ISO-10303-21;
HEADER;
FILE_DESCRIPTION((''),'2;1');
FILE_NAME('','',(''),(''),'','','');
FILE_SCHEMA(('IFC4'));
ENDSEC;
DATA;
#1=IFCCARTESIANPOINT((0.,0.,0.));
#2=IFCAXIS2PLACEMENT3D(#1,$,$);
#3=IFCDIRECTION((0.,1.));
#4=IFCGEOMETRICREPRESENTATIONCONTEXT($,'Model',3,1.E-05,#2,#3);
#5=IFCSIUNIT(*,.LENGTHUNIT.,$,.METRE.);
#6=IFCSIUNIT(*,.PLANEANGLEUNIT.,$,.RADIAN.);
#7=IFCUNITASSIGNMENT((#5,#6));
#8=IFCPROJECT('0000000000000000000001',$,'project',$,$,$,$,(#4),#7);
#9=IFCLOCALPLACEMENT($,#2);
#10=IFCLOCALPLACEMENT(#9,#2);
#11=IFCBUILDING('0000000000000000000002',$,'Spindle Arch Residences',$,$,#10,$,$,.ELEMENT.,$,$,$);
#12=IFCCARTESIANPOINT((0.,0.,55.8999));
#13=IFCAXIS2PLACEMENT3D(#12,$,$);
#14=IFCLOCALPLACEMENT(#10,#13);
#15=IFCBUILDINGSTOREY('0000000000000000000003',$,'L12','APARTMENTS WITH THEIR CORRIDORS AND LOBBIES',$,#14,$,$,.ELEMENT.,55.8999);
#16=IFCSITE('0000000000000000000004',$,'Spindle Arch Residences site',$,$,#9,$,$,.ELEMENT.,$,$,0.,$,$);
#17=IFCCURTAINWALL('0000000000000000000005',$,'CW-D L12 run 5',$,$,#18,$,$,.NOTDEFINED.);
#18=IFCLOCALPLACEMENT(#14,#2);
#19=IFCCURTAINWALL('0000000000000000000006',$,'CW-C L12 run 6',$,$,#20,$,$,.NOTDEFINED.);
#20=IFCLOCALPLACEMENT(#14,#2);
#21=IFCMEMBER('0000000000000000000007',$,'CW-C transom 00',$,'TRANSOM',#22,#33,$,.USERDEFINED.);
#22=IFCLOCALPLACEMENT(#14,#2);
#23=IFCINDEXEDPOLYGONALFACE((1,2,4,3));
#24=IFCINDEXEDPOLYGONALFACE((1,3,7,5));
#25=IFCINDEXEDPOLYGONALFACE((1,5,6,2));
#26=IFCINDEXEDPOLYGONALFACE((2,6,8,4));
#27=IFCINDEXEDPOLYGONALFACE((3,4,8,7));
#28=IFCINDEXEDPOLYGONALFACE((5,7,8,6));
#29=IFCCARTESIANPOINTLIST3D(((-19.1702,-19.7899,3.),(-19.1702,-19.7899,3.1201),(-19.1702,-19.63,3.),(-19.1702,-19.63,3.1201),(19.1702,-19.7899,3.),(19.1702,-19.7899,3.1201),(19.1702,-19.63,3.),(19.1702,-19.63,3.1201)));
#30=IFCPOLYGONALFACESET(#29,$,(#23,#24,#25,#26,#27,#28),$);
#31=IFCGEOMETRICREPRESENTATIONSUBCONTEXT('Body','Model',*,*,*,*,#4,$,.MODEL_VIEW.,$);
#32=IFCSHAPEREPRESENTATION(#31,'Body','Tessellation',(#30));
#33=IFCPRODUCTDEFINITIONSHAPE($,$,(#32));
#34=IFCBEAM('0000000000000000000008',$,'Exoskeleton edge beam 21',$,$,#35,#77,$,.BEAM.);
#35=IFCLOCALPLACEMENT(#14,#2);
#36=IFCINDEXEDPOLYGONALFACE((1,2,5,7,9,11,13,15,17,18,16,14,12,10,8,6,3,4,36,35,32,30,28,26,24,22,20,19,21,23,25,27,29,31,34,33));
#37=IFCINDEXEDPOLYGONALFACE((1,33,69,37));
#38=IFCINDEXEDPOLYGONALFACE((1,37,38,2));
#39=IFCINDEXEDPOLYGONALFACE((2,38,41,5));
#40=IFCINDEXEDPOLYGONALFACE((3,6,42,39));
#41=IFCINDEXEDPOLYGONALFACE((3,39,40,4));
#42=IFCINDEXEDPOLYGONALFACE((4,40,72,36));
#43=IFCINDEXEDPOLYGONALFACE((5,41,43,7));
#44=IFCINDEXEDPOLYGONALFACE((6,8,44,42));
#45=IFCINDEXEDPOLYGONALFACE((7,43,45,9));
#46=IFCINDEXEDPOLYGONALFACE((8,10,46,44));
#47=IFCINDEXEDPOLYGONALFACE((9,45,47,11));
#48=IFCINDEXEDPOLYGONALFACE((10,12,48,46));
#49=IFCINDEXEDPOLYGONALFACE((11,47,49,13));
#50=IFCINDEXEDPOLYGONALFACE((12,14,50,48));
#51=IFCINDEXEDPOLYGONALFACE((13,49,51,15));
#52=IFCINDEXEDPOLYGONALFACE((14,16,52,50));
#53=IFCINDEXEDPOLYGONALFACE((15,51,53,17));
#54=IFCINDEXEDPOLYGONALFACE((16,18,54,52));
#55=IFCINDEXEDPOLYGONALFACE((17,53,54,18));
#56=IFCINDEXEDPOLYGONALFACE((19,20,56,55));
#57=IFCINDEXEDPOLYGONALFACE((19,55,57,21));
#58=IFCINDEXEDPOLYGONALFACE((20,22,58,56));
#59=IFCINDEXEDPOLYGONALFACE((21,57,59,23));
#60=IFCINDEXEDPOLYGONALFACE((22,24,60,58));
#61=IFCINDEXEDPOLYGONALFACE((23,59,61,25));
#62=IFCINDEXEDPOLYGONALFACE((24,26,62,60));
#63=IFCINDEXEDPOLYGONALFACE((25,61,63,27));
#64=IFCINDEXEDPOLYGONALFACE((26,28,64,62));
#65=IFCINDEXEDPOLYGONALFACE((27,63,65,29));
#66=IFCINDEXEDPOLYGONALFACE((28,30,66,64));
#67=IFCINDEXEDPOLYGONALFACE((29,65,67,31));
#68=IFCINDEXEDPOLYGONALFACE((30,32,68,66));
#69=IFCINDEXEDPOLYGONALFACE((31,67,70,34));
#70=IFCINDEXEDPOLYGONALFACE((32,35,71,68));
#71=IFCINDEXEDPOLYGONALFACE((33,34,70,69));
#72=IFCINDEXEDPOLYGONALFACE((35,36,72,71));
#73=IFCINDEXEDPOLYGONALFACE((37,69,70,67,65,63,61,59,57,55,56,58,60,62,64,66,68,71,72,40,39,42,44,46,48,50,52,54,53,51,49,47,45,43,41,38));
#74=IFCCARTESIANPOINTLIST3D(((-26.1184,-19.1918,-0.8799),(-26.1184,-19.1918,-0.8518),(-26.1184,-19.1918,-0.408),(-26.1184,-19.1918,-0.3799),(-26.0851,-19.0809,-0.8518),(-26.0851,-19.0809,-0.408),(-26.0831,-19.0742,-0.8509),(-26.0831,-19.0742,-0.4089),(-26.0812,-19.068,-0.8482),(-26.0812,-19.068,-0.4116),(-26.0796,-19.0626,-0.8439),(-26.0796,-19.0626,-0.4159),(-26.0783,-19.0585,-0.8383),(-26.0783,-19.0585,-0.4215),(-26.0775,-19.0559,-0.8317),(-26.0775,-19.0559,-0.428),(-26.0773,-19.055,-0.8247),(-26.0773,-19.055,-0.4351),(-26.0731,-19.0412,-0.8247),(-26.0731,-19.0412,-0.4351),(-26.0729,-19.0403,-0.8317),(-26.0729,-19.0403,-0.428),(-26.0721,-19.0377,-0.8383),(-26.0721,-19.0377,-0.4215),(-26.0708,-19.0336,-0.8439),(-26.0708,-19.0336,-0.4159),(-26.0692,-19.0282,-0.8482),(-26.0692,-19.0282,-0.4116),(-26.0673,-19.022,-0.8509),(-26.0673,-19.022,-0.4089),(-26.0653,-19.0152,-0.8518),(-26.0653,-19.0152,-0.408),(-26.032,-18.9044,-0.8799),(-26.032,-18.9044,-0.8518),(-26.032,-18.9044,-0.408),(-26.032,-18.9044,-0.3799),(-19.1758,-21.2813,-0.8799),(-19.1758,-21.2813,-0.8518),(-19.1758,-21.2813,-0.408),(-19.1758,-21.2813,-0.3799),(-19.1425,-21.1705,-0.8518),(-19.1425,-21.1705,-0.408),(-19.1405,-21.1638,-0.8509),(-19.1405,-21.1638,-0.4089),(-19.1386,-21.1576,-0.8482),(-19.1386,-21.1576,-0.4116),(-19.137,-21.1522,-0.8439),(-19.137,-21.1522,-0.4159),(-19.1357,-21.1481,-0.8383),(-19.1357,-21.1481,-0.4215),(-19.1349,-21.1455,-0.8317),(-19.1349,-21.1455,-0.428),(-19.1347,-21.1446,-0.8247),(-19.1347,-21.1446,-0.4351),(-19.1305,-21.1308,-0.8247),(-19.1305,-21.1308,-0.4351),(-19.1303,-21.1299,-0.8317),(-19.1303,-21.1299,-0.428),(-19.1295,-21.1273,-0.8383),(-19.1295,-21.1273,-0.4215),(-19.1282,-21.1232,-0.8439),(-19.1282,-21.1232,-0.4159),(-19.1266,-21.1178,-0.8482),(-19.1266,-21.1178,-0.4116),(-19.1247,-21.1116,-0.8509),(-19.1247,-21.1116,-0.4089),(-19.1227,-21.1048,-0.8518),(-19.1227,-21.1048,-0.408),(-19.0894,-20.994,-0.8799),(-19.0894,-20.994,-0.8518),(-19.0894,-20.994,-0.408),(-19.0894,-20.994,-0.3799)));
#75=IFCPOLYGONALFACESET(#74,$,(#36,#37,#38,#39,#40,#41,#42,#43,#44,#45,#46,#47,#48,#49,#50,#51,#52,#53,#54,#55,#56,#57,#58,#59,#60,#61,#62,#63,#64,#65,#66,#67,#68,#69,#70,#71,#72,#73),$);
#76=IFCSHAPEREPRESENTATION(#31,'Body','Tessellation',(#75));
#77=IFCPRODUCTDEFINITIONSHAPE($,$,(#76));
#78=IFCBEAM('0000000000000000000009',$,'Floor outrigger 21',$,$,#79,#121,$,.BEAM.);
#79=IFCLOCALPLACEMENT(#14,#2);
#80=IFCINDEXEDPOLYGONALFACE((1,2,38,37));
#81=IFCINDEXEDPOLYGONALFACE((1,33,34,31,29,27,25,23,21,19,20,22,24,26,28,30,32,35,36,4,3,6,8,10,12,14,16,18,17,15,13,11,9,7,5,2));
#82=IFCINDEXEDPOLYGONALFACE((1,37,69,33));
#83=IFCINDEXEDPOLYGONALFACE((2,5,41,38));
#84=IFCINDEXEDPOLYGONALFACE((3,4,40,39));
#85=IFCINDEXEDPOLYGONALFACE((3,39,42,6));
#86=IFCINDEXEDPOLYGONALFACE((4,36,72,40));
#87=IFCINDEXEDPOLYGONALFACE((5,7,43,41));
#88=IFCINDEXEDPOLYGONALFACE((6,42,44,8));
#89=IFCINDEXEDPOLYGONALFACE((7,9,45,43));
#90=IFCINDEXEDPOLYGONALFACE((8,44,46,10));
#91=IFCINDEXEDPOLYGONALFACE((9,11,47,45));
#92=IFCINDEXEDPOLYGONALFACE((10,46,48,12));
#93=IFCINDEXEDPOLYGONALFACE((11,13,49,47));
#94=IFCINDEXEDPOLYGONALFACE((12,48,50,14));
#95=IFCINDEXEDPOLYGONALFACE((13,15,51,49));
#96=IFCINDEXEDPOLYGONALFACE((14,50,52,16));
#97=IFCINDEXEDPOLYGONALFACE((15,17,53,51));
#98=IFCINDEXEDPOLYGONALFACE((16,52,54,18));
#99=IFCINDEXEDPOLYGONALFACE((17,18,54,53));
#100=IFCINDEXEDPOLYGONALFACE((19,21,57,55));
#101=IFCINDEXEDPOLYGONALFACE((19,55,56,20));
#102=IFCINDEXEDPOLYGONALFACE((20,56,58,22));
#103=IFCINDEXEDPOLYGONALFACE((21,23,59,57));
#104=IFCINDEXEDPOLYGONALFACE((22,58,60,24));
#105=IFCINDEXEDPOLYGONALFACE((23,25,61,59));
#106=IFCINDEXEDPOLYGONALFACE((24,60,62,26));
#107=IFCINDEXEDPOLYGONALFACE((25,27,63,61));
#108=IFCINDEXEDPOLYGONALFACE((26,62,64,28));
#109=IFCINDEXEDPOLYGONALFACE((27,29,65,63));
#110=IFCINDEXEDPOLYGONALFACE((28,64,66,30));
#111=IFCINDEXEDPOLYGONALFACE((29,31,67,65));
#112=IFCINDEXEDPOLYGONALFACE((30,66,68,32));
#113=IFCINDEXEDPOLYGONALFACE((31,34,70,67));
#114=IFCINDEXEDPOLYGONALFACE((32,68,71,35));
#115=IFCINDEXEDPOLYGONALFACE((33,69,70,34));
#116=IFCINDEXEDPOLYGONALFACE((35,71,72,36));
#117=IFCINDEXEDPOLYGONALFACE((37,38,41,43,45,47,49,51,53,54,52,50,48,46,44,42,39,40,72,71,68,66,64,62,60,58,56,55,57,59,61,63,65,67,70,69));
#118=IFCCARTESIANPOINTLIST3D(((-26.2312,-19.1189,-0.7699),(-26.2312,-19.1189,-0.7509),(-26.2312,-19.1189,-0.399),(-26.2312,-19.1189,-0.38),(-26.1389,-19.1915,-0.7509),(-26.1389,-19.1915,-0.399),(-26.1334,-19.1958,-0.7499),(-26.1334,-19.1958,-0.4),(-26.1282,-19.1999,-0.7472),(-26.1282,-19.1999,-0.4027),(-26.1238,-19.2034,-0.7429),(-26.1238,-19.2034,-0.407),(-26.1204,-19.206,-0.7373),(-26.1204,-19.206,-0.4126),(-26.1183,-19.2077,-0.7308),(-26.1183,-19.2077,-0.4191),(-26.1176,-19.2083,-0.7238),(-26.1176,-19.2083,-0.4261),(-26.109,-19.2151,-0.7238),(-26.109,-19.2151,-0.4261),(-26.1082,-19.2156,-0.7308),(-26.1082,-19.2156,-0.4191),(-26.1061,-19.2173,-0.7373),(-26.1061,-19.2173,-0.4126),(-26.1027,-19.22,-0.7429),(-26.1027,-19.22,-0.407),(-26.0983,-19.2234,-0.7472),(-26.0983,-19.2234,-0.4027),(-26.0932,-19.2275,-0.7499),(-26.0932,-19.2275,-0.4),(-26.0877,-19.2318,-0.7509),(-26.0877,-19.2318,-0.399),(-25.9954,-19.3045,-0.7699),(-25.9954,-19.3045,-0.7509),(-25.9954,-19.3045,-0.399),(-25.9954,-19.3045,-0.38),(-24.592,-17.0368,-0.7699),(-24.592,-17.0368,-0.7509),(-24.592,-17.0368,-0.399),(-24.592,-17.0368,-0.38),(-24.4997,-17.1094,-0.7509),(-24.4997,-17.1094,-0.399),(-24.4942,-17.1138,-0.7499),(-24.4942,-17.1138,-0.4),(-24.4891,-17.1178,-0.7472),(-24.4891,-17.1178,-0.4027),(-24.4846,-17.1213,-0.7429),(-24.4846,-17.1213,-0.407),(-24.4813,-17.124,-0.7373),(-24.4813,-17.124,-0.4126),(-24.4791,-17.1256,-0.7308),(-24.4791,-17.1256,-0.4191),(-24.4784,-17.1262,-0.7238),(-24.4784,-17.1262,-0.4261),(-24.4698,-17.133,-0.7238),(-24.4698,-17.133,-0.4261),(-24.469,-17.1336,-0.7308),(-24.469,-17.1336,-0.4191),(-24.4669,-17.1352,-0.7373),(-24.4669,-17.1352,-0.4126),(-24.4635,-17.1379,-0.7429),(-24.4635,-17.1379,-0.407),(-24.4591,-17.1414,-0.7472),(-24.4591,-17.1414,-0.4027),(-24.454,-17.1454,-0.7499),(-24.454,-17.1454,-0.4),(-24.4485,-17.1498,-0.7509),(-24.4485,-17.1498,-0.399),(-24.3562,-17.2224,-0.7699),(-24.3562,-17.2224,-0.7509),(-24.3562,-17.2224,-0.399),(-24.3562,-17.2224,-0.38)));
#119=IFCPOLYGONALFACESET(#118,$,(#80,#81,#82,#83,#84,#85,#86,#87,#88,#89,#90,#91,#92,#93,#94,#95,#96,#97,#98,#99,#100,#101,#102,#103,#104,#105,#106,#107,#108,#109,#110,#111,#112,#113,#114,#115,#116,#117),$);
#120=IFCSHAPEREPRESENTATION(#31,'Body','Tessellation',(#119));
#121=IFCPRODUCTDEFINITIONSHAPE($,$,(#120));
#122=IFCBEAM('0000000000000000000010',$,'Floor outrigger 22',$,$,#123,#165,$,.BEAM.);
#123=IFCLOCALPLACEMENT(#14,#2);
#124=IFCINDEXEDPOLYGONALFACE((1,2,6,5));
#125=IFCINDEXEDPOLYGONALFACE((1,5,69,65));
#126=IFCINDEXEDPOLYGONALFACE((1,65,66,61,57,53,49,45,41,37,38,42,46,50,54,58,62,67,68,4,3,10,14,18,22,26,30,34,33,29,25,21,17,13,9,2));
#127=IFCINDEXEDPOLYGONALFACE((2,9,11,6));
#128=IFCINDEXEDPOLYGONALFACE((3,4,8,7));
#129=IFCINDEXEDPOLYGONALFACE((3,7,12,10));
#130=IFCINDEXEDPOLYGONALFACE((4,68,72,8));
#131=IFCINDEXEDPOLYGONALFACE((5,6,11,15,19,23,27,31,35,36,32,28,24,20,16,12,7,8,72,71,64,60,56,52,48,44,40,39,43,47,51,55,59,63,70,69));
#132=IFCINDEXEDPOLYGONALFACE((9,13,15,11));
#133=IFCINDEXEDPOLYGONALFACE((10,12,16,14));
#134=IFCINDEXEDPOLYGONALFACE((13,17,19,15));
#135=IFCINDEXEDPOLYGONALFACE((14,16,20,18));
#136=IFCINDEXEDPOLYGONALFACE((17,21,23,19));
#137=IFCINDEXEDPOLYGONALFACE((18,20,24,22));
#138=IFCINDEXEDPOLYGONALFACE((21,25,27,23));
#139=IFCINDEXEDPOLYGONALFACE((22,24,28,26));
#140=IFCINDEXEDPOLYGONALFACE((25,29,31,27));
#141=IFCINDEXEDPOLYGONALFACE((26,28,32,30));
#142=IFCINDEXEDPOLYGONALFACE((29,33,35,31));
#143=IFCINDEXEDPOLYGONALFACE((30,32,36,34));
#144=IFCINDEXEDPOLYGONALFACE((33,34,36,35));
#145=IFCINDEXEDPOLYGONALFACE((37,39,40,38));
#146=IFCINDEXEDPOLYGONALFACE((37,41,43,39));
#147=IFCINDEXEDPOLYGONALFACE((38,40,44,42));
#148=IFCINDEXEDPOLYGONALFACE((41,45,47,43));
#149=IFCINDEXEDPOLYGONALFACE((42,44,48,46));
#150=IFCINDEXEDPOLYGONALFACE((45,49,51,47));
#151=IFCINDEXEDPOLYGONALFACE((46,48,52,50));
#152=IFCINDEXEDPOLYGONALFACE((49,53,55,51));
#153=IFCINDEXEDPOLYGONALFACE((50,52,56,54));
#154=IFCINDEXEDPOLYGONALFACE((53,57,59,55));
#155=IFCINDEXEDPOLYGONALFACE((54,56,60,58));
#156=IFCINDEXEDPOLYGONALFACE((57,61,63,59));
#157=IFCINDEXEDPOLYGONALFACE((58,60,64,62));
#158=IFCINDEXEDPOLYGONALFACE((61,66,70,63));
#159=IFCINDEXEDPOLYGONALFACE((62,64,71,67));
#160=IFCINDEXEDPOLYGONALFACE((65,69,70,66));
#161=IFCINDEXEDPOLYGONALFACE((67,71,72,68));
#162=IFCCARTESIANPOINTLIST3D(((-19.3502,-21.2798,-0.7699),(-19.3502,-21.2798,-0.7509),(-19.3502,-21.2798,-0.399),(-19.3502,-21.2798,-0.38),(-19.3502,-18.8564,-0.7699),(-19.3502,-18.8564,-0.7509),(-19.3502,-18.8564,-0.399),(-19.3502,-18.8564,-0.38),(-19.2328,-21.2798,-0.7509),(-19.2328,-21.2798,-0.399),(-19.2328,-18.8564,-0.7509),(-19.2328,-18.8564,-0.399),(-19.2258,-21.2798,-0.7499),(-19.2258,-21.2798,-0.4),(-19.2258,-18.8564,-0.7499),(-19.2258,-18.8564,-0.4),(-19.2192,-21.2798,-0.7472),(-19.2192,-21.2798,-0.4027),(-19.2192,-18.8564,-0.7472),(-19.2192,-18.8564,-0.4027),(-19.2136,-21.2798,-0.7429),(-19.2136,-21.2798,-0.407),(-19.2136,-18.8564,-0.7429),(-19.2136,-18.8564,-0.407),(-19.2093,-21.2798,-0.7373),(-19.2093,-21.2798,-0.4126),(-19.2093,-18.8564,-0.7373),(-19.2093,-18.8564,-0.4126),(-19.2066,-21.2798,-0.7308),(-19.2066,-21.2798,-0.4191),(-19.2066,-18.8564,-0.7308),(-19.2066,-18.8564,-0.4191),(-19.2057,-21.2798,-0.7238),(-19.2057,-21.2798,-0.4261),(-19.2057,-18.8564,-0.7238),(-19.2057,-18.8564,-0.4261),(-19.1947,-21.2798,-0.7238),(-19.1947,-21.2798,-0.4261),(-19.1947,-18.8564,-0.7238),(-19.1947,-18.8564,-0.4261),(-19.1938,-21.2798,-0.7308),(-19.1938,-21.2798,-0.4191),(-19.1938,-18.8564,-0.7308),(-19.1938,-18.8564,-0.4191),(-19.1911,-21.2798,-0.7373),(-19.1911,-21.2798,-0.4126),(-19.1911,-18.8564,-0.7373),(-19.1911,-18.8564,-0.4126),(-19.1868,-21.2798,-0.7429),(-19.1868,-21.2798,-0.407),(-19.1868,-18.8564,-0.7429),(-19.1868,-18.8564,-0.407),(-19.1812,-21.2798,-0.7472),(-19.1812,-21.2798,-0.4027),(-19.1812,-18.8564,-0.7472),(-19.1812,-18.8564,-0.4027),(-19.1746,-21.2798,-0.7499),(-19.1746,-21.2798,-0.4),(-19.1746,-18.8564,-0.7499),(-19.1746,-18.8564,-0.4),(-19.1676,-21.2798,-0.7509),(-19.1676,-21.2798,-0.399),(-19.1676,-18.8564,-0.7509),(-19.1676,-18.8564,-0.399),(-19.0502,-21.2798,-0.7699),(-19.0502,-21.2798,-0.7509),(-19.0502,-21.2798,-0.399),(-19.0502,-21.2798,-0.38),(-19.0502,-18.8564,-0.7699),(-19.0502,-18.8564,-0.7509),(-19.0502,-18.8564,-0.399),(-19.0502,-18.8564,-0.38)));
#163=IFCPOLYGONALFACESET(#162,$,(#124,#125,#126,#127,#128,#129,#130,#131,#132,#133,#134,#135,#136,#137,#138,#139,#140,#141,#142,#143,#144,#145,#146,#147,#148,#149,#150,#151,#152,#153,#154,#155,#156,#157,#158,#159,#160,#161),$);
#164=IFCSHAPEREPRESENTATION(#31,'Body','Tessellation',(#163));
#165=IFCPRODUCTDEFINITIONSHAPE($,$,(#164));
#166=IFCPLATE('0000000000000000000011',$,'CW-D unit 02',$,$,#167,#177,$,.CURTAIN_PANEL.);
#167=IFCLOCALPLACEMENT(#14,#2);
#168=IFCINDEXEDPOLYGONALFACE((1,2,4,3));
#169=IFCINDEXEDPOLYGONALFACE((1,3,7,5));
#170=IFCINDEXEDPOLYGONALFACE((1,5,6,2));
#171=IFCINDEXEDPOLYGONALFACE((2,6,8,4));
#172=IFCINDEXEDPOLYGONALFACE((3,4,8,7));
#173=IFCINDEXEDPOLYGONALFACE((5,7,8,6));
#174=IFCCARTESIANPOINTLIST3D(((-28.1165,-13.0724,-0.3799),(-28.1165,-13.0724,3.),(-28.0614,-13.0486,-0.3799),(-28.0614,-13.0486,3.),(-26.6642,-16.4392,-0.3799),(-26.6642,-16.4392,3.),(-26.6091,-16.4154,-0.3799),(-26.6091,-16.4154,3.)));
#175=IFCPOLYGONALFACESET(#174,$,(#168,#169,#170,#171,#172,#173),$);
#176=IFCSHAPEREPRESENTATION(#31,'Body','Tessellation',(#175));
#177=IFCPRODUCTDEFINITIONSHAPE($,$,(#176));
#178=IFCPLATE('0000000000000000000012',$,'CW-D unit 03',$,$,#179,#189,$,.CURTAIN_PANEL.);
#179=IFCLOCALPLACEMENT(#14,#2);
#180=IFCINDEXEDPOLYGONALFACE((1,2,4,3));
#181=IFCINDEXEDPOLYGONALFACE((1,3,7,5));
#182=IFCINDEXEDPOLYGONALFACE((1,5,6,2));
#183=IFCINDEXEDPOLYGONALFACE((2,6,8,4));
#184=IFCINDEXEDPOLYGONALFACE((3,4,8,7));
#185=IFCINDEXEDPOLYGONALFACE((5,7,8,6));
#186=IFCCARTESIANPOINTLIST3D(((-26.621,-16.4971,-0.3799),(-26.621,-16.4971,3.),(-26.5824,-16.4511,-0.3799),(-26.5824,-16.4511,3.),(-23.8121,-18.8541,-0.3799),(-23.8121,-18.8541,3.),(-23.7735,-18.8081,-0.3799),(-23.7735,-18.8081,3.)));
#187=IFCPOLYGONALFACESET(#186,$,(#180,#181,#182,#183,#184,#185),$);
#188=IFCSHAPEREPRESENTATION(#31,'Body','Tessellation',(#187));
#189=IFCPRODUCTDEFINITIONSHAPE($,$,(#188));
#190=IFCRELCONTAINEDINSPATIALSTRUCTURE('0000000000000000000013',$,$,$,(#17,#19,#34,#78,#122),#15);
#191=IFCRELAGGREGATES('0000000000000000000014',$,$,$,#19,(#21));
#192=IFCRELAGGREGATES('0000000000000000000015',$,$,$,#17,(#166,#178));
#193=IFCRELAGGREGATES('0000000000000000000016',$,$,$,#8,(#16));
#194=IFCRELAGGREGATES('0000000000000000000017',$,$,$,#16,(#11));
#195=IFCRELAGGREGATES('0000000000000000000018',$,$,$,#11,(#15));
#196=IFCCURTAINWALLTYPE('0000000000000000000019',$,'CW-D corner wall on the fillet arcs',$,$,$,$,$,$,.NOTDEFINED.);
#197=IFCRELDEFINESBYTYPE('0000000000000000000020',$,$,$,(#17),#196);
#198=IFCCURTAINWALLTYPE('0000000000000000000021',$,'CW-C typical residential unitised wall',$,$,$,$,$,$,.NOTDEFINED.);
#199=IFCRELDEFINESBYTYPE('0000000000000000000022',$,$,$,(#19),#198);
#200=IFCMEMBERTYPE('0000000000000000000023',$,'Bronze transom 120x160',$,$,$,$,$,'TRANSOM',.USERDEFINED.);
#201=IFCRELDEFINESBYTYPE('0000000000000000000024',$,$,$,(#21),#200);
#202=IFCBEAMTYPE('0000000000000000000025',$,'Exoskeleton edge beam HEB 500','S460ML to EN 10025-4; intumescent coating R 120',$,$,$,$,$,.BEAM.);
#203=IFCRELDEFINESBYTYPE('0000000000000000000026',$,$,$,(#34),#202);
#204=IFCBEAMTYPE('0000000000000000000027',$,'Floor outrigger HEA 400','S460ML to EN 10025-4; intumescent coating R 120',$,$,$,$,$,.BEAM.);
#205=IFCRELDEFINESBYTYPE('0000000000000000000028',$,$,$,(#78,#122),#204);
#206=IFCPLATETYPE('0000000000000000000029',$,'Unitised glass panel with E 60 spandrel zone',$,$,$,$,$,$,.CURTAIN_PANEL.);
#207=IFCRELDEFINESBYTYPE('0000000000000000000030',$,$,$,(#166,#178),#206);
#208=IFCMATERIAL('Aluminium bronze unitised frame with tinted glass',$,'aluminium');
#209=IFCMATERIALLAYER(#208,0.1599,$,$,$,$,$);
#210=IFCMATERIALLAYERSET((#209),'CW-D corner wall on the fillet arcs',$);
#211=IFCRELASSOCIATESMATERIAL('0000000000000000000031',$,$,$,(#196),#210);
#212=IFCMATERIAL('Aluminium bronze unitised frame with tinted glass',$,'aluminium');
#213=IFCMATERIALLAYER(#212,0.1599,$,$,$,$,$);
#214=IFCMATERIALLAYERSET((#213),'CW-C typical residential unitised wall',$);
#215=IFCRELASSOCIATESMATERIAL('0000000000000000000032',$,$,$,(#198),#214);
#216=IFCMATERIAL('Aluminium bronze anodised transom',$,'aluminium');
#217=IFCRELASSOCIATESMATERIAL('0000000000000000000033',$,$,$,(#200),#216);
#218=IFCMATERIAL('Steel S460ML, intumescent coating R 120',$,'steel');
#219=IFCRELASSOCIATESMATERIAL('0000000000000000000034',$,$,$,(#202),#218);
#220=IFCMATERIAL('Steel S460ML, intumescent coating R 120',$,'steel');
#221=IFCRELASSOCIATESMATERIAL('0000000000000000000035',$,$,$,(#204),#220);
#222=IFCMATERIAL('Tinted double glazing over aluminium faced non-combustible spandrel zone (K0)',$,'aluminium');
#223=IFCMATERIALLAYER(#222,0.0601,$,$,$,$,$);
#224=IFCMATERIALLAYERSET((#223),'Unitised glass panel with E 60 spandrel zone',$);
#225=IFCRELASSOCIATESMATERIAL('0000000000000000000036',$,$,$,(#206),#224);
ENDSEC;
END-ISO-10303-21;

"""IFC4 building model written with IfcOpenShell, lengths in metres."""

from ifc_helpers import new_model, si_unit, direction, frame, origin, origin_2d, place, context, subcontext, project, spatial, rectangle, i_section, extrude, material, layer, layer_set, material_profile, profile_set, type_object, element, aggregate, save


model = new_model("IFC4")

# Units and contexts
model_context = context("Model", 3, precision=1e-05, world=origin(), true_north=direction((0.0, 1.0)))
body_context = subcontext(model_context, "Body", "Model", "MODEL_VIEW")
ifc_project = project(units=[si_unit("LENGTHUNIT", "METRE"), si_unit("PLANEANGLEUNIT", "RADIAN")], contexts=[model_context])

# Site, building, storey
site_placement = place(None, origin())
site = spatial("IfcSite", under=ifc_project, at=site_placement, Name="Spindle Arch Residences site", CompositionType="ELEMENT", RefElevation=0.0)
building_placement = place(site_placement, origin())
building = spatial("IfcBuilding", under=site, at=building_placement, Name="Spindle Arch Residences", CompositionType="ELEMENT")
storey_placement = place(building_placement, frame((0.0, 0.0, 55.8999)))
storey = spatial("IfcBuildingStorey", under=building, at=storey_placement, Name="L12", Description="APARTMENTS WITH THEIR CORRIDORS AND LOBBIES", CompositionType="ELEMENT", Elevation=55.8999)

# Curtain wall
ifc_material_1 = material(Name="Aluminium bronze unitised frame with tinted glass", Category="aluminium")
ifc_layer_1 = layer(ifc_material_1, 0.1599)
ifc_layer_set_1 = layer_set([ifc_layer_1], Name="CW-D corner wall on the fillet arcs")
curtain_wall_type_1 = type_object("IfcCurtainWallType", Name="CW-D corner wall on the fillet arcs", PredefinedType="NOTDEFINED", material=ifc_layer_set_1)
curtain_wall_1_placement = place(storey_placement, origin())
curtain_wall_1 = element("IfcCurtainWall", 1, at=curtain_wall_1_placement, inside=storey, type_object=curtain_wall_type_1, Name="CW-D L12 run 5", PredefinedType="NOTDEFINED")

# Curtain wall
ifc_material_2 = material(Name="Aluminium bronze unitised frame with tinted glass", Category="aluminium")
ifc_layer_2 = layer(ifc_material_2, 0.1599)
ifc_layer_set_2 = layer_set([ifc_layer_2], Name="CW-C typical residential unitised wall")
curtain_wall_type_2 = type_object("IfcCurtainWallType", Name="CW-C typical residential unitised wall", PredefinedType="NOTDEFINED", material=ifc_layer_set_2)
curtain_wall_2_placement = place(storey_placement, origin())
curtain_wall_2 = element("IfcCurtainWall", 2, at=curtain_wall_2_placement, inside=storey, type_object=curtain_wall_type_2, Name="CW-C L12 run 6", PredefinedType="NOTDEFINED")

# Member
ifc_material_3 = material(Name="Aluminium bronze anodised transom", Category="aluminium")
ifc_material_profile_1 = material_profile(ifc_material_3, rectangle(XDim=0.1599, YDim=0.1201, at=origin_2d()), Name="TR 120x160")
ifc_profile_set_1 = profile_set([ifc_material_profile_1], Name="Aluminium bronze anodised transom")
member_type_1 = type_object("IfcMemberType", Name="Bronze transom 120x160", ElementType="TRANSOM", PredefinedType="USERDEFINED", material=ifc_profile_set_1)
member_1_placement = place(storey_placement, frame((-19.1702, -19.71, 3.0601), z_axis=(1.0, 0.0, 0.0), x_axis=(0.0, 1.0, 0.0)))
member_1 = element("IfcMember", 3, at=member_1_placement, type_object=member_type_1, Name="CW-C transom 00", ObjectType="TRANSOM", PredefinedType="USERDEFINED", context=body_context, shape_type="SweptSolid", body=[
    extrude(rectangle(XDim=0.1599, YDim=0.1201, at=origin_2d()), origin(), (0.0, 0.0, 1.0), 38.3403),
])
aggregate(curtain_wall_2, [member_1])

# Beams
ifc_material_4 = material(Name="Steel S460ML, intumescent coating R 120", Category="steel")
ifc_material_profile_2 = material_profile(ifc_material_4, i_section(OverallWidth=0.3, OverallDepth=0.5, WebThickness=0.0144, FlangeThickness=0.0281, FilletRadius=0.0271, at=origin_2d()), Name="HEB 500")
ifc_profile_set_2 = profile_set([ifc_material_profile_2], Name="Steel S460ML, intumescent coating R 120")
beam_type_1 = type_object("IfcBeamType", Name="Exoskeleton edge beam HEB 500", Description="S460ML to EN 10025-4; intumescent coating R 120", PredefinedType="BEAM", material=ifc_profile_set_2)
beam_1_placement = place(storey_placement, frame((-26.0752, -19.0481, -0.6299), z_axis=(0.957567, -0.28821, 0.0), x_axis=(0.28821, 0.957567, 0.0)))
element("IfcBeam", 4, at=beam_1_placement, inside=storey, type_object=beam_type_1, Name="Exoskeleton edge beam 21", PredefinedType="BEAM", context=body_context, shape_type="SweptSolid", body=[
    extrude(i_section(OverallWidth=0.3, OverallDepth=0.5, WebThickness=0.0144, FlangeThickness=0.0281, FilletRadius=0.0271, at=origin_2d()), origin(), (0.0, 0.0, 1.0), 7.2502),
])
ifc_material_5 = material(Name="Steel S460ML, intumescent coating R 120", Category="steel")
ifc_material_profile_3 = material_profile(ifc_material_5, i_section(OverallWidth=0.3, OverallDepth=0.3899, WebThickness=0.011, FlangeThickness=0.019, FilletRadius=0.0271, at=origin_2d()), Name="HEA 400")
ifc_profile_set_3 = profile_set([ifc_material_profile_3], Name="Steel S460ML, intumescent coating R 120")
beam_type_2 = type_object("IfcBeamType", Name="Floor outrigger HEA 400", Description="S460ML to EN 10025-4; intumescent coating R 120", PredefinedType="BEAM", material=ifc_profile_set_3)
beam_2_placement = place(storey_placement, frame((-26.1133, -19.2117, -0.575), z_axis=(0.618586, 0.785717, 0.0), x_axis=(-0.785717, 0.618586, 0.0)))
element("IfcBeam", 5, at=beam_2_placement, inside=storey, type_object=beam_type_2, Name="Floor outrigger 21", PredefinedType="BEAM", context=body_context, shape_type="SweptSolid", body=[
    extrude(i_section(OverallWidth=0.3, OverallDepth=0.3899, WebThickness=0.011, FlangeThickness=0.019, FilletRadius=0.0271, at=origin_2d()), origin(), (0.0, 0.0, 1.0), 2.6499),
])
beam_3_placement = place(storey_placement, frame((-19.2002, -21.2798, -0.575), z_axis=(0.0, 1.0, 0.0), x_axis=(-1.0, 0.0, 0.0)))
element("IfcBeam", 6, at=beam_3_placement, inside=storey, type_object=beam_type_2, Name="Floor outrigger 22", PredefinedType="BEAM", context=body_context, shape_type="SweptSolid", body=[
    extrude(i_section(OverallWidth=0.3, OverallDepth=0.3899, WebThickness=0.011, FlangeThickness=0.019, FilletRadius=0.0271, at=origin_2d()), origin(), (0.0, 0.0, 1.0), 2.4233),
])

# Plates
ifc_material_6 = material(Name="Tinted double glazing over aluminium faced non-combustible spandrel zone (K0)", Category="aluminium")
ifc_layer_3 = layer(ifc_material_6, 0.0601)
ifc_layer_set_3 = layer_set([ifc_layer_3], Name="Unitised glass panel with E 60 spandrel zone")
plate_type = type_object("IfcPlateType", Name="Unitised glass panel with E 60 spandrel zone", PredefinedType="CURTAIN_PANEL", material=ifc_layer_set_3)
plate_1_placement = place(storey_placement, frame((-27.3628, -14.7439, -0.3799), z_axis=(0.0, 0.0, 1.0), x_axis=(0.39608, -0.918216, 0.0)))
plate_1 = element("IfcPlate", 7, at=plate_1_placement, type_object=plate_type, Name="CW-D unit 02", PredefinedType="CURTAIN_PANEL", context=body_context, shape_type="SweptSolid", body=[
    extrude(rectangle(XDim=3.6667, YDim=0.0601, at=origin_2d()), origin(), (0.0, 0.0, 1.0), 3.3799),
])
plate_2_placement = place(storey_placement, frame((-25.1973, -17.6526, -0.3799), z_axis=(0.0, 0.0, 1.0), x_axis=(0.766044, -0.642788, 0.0)))
plate_2 = element("IfcPlate", 8, at=plate_2_placement, type_object=plate_type, Name="CW-D unit 03", PredefinedType="CURTAIN_PANEL", context=body_context, shape_type="SweptSolid", body=[
    extrude(rectangle(XDim=3.6667, YDim=0.0601, at=origin_2d()), origin(), (0.0, 0.0, 1.0), 3.3799),
])
aggregate(curtain_wall_1, [plate_1, plate_2])

save(model, "model.ifc")
